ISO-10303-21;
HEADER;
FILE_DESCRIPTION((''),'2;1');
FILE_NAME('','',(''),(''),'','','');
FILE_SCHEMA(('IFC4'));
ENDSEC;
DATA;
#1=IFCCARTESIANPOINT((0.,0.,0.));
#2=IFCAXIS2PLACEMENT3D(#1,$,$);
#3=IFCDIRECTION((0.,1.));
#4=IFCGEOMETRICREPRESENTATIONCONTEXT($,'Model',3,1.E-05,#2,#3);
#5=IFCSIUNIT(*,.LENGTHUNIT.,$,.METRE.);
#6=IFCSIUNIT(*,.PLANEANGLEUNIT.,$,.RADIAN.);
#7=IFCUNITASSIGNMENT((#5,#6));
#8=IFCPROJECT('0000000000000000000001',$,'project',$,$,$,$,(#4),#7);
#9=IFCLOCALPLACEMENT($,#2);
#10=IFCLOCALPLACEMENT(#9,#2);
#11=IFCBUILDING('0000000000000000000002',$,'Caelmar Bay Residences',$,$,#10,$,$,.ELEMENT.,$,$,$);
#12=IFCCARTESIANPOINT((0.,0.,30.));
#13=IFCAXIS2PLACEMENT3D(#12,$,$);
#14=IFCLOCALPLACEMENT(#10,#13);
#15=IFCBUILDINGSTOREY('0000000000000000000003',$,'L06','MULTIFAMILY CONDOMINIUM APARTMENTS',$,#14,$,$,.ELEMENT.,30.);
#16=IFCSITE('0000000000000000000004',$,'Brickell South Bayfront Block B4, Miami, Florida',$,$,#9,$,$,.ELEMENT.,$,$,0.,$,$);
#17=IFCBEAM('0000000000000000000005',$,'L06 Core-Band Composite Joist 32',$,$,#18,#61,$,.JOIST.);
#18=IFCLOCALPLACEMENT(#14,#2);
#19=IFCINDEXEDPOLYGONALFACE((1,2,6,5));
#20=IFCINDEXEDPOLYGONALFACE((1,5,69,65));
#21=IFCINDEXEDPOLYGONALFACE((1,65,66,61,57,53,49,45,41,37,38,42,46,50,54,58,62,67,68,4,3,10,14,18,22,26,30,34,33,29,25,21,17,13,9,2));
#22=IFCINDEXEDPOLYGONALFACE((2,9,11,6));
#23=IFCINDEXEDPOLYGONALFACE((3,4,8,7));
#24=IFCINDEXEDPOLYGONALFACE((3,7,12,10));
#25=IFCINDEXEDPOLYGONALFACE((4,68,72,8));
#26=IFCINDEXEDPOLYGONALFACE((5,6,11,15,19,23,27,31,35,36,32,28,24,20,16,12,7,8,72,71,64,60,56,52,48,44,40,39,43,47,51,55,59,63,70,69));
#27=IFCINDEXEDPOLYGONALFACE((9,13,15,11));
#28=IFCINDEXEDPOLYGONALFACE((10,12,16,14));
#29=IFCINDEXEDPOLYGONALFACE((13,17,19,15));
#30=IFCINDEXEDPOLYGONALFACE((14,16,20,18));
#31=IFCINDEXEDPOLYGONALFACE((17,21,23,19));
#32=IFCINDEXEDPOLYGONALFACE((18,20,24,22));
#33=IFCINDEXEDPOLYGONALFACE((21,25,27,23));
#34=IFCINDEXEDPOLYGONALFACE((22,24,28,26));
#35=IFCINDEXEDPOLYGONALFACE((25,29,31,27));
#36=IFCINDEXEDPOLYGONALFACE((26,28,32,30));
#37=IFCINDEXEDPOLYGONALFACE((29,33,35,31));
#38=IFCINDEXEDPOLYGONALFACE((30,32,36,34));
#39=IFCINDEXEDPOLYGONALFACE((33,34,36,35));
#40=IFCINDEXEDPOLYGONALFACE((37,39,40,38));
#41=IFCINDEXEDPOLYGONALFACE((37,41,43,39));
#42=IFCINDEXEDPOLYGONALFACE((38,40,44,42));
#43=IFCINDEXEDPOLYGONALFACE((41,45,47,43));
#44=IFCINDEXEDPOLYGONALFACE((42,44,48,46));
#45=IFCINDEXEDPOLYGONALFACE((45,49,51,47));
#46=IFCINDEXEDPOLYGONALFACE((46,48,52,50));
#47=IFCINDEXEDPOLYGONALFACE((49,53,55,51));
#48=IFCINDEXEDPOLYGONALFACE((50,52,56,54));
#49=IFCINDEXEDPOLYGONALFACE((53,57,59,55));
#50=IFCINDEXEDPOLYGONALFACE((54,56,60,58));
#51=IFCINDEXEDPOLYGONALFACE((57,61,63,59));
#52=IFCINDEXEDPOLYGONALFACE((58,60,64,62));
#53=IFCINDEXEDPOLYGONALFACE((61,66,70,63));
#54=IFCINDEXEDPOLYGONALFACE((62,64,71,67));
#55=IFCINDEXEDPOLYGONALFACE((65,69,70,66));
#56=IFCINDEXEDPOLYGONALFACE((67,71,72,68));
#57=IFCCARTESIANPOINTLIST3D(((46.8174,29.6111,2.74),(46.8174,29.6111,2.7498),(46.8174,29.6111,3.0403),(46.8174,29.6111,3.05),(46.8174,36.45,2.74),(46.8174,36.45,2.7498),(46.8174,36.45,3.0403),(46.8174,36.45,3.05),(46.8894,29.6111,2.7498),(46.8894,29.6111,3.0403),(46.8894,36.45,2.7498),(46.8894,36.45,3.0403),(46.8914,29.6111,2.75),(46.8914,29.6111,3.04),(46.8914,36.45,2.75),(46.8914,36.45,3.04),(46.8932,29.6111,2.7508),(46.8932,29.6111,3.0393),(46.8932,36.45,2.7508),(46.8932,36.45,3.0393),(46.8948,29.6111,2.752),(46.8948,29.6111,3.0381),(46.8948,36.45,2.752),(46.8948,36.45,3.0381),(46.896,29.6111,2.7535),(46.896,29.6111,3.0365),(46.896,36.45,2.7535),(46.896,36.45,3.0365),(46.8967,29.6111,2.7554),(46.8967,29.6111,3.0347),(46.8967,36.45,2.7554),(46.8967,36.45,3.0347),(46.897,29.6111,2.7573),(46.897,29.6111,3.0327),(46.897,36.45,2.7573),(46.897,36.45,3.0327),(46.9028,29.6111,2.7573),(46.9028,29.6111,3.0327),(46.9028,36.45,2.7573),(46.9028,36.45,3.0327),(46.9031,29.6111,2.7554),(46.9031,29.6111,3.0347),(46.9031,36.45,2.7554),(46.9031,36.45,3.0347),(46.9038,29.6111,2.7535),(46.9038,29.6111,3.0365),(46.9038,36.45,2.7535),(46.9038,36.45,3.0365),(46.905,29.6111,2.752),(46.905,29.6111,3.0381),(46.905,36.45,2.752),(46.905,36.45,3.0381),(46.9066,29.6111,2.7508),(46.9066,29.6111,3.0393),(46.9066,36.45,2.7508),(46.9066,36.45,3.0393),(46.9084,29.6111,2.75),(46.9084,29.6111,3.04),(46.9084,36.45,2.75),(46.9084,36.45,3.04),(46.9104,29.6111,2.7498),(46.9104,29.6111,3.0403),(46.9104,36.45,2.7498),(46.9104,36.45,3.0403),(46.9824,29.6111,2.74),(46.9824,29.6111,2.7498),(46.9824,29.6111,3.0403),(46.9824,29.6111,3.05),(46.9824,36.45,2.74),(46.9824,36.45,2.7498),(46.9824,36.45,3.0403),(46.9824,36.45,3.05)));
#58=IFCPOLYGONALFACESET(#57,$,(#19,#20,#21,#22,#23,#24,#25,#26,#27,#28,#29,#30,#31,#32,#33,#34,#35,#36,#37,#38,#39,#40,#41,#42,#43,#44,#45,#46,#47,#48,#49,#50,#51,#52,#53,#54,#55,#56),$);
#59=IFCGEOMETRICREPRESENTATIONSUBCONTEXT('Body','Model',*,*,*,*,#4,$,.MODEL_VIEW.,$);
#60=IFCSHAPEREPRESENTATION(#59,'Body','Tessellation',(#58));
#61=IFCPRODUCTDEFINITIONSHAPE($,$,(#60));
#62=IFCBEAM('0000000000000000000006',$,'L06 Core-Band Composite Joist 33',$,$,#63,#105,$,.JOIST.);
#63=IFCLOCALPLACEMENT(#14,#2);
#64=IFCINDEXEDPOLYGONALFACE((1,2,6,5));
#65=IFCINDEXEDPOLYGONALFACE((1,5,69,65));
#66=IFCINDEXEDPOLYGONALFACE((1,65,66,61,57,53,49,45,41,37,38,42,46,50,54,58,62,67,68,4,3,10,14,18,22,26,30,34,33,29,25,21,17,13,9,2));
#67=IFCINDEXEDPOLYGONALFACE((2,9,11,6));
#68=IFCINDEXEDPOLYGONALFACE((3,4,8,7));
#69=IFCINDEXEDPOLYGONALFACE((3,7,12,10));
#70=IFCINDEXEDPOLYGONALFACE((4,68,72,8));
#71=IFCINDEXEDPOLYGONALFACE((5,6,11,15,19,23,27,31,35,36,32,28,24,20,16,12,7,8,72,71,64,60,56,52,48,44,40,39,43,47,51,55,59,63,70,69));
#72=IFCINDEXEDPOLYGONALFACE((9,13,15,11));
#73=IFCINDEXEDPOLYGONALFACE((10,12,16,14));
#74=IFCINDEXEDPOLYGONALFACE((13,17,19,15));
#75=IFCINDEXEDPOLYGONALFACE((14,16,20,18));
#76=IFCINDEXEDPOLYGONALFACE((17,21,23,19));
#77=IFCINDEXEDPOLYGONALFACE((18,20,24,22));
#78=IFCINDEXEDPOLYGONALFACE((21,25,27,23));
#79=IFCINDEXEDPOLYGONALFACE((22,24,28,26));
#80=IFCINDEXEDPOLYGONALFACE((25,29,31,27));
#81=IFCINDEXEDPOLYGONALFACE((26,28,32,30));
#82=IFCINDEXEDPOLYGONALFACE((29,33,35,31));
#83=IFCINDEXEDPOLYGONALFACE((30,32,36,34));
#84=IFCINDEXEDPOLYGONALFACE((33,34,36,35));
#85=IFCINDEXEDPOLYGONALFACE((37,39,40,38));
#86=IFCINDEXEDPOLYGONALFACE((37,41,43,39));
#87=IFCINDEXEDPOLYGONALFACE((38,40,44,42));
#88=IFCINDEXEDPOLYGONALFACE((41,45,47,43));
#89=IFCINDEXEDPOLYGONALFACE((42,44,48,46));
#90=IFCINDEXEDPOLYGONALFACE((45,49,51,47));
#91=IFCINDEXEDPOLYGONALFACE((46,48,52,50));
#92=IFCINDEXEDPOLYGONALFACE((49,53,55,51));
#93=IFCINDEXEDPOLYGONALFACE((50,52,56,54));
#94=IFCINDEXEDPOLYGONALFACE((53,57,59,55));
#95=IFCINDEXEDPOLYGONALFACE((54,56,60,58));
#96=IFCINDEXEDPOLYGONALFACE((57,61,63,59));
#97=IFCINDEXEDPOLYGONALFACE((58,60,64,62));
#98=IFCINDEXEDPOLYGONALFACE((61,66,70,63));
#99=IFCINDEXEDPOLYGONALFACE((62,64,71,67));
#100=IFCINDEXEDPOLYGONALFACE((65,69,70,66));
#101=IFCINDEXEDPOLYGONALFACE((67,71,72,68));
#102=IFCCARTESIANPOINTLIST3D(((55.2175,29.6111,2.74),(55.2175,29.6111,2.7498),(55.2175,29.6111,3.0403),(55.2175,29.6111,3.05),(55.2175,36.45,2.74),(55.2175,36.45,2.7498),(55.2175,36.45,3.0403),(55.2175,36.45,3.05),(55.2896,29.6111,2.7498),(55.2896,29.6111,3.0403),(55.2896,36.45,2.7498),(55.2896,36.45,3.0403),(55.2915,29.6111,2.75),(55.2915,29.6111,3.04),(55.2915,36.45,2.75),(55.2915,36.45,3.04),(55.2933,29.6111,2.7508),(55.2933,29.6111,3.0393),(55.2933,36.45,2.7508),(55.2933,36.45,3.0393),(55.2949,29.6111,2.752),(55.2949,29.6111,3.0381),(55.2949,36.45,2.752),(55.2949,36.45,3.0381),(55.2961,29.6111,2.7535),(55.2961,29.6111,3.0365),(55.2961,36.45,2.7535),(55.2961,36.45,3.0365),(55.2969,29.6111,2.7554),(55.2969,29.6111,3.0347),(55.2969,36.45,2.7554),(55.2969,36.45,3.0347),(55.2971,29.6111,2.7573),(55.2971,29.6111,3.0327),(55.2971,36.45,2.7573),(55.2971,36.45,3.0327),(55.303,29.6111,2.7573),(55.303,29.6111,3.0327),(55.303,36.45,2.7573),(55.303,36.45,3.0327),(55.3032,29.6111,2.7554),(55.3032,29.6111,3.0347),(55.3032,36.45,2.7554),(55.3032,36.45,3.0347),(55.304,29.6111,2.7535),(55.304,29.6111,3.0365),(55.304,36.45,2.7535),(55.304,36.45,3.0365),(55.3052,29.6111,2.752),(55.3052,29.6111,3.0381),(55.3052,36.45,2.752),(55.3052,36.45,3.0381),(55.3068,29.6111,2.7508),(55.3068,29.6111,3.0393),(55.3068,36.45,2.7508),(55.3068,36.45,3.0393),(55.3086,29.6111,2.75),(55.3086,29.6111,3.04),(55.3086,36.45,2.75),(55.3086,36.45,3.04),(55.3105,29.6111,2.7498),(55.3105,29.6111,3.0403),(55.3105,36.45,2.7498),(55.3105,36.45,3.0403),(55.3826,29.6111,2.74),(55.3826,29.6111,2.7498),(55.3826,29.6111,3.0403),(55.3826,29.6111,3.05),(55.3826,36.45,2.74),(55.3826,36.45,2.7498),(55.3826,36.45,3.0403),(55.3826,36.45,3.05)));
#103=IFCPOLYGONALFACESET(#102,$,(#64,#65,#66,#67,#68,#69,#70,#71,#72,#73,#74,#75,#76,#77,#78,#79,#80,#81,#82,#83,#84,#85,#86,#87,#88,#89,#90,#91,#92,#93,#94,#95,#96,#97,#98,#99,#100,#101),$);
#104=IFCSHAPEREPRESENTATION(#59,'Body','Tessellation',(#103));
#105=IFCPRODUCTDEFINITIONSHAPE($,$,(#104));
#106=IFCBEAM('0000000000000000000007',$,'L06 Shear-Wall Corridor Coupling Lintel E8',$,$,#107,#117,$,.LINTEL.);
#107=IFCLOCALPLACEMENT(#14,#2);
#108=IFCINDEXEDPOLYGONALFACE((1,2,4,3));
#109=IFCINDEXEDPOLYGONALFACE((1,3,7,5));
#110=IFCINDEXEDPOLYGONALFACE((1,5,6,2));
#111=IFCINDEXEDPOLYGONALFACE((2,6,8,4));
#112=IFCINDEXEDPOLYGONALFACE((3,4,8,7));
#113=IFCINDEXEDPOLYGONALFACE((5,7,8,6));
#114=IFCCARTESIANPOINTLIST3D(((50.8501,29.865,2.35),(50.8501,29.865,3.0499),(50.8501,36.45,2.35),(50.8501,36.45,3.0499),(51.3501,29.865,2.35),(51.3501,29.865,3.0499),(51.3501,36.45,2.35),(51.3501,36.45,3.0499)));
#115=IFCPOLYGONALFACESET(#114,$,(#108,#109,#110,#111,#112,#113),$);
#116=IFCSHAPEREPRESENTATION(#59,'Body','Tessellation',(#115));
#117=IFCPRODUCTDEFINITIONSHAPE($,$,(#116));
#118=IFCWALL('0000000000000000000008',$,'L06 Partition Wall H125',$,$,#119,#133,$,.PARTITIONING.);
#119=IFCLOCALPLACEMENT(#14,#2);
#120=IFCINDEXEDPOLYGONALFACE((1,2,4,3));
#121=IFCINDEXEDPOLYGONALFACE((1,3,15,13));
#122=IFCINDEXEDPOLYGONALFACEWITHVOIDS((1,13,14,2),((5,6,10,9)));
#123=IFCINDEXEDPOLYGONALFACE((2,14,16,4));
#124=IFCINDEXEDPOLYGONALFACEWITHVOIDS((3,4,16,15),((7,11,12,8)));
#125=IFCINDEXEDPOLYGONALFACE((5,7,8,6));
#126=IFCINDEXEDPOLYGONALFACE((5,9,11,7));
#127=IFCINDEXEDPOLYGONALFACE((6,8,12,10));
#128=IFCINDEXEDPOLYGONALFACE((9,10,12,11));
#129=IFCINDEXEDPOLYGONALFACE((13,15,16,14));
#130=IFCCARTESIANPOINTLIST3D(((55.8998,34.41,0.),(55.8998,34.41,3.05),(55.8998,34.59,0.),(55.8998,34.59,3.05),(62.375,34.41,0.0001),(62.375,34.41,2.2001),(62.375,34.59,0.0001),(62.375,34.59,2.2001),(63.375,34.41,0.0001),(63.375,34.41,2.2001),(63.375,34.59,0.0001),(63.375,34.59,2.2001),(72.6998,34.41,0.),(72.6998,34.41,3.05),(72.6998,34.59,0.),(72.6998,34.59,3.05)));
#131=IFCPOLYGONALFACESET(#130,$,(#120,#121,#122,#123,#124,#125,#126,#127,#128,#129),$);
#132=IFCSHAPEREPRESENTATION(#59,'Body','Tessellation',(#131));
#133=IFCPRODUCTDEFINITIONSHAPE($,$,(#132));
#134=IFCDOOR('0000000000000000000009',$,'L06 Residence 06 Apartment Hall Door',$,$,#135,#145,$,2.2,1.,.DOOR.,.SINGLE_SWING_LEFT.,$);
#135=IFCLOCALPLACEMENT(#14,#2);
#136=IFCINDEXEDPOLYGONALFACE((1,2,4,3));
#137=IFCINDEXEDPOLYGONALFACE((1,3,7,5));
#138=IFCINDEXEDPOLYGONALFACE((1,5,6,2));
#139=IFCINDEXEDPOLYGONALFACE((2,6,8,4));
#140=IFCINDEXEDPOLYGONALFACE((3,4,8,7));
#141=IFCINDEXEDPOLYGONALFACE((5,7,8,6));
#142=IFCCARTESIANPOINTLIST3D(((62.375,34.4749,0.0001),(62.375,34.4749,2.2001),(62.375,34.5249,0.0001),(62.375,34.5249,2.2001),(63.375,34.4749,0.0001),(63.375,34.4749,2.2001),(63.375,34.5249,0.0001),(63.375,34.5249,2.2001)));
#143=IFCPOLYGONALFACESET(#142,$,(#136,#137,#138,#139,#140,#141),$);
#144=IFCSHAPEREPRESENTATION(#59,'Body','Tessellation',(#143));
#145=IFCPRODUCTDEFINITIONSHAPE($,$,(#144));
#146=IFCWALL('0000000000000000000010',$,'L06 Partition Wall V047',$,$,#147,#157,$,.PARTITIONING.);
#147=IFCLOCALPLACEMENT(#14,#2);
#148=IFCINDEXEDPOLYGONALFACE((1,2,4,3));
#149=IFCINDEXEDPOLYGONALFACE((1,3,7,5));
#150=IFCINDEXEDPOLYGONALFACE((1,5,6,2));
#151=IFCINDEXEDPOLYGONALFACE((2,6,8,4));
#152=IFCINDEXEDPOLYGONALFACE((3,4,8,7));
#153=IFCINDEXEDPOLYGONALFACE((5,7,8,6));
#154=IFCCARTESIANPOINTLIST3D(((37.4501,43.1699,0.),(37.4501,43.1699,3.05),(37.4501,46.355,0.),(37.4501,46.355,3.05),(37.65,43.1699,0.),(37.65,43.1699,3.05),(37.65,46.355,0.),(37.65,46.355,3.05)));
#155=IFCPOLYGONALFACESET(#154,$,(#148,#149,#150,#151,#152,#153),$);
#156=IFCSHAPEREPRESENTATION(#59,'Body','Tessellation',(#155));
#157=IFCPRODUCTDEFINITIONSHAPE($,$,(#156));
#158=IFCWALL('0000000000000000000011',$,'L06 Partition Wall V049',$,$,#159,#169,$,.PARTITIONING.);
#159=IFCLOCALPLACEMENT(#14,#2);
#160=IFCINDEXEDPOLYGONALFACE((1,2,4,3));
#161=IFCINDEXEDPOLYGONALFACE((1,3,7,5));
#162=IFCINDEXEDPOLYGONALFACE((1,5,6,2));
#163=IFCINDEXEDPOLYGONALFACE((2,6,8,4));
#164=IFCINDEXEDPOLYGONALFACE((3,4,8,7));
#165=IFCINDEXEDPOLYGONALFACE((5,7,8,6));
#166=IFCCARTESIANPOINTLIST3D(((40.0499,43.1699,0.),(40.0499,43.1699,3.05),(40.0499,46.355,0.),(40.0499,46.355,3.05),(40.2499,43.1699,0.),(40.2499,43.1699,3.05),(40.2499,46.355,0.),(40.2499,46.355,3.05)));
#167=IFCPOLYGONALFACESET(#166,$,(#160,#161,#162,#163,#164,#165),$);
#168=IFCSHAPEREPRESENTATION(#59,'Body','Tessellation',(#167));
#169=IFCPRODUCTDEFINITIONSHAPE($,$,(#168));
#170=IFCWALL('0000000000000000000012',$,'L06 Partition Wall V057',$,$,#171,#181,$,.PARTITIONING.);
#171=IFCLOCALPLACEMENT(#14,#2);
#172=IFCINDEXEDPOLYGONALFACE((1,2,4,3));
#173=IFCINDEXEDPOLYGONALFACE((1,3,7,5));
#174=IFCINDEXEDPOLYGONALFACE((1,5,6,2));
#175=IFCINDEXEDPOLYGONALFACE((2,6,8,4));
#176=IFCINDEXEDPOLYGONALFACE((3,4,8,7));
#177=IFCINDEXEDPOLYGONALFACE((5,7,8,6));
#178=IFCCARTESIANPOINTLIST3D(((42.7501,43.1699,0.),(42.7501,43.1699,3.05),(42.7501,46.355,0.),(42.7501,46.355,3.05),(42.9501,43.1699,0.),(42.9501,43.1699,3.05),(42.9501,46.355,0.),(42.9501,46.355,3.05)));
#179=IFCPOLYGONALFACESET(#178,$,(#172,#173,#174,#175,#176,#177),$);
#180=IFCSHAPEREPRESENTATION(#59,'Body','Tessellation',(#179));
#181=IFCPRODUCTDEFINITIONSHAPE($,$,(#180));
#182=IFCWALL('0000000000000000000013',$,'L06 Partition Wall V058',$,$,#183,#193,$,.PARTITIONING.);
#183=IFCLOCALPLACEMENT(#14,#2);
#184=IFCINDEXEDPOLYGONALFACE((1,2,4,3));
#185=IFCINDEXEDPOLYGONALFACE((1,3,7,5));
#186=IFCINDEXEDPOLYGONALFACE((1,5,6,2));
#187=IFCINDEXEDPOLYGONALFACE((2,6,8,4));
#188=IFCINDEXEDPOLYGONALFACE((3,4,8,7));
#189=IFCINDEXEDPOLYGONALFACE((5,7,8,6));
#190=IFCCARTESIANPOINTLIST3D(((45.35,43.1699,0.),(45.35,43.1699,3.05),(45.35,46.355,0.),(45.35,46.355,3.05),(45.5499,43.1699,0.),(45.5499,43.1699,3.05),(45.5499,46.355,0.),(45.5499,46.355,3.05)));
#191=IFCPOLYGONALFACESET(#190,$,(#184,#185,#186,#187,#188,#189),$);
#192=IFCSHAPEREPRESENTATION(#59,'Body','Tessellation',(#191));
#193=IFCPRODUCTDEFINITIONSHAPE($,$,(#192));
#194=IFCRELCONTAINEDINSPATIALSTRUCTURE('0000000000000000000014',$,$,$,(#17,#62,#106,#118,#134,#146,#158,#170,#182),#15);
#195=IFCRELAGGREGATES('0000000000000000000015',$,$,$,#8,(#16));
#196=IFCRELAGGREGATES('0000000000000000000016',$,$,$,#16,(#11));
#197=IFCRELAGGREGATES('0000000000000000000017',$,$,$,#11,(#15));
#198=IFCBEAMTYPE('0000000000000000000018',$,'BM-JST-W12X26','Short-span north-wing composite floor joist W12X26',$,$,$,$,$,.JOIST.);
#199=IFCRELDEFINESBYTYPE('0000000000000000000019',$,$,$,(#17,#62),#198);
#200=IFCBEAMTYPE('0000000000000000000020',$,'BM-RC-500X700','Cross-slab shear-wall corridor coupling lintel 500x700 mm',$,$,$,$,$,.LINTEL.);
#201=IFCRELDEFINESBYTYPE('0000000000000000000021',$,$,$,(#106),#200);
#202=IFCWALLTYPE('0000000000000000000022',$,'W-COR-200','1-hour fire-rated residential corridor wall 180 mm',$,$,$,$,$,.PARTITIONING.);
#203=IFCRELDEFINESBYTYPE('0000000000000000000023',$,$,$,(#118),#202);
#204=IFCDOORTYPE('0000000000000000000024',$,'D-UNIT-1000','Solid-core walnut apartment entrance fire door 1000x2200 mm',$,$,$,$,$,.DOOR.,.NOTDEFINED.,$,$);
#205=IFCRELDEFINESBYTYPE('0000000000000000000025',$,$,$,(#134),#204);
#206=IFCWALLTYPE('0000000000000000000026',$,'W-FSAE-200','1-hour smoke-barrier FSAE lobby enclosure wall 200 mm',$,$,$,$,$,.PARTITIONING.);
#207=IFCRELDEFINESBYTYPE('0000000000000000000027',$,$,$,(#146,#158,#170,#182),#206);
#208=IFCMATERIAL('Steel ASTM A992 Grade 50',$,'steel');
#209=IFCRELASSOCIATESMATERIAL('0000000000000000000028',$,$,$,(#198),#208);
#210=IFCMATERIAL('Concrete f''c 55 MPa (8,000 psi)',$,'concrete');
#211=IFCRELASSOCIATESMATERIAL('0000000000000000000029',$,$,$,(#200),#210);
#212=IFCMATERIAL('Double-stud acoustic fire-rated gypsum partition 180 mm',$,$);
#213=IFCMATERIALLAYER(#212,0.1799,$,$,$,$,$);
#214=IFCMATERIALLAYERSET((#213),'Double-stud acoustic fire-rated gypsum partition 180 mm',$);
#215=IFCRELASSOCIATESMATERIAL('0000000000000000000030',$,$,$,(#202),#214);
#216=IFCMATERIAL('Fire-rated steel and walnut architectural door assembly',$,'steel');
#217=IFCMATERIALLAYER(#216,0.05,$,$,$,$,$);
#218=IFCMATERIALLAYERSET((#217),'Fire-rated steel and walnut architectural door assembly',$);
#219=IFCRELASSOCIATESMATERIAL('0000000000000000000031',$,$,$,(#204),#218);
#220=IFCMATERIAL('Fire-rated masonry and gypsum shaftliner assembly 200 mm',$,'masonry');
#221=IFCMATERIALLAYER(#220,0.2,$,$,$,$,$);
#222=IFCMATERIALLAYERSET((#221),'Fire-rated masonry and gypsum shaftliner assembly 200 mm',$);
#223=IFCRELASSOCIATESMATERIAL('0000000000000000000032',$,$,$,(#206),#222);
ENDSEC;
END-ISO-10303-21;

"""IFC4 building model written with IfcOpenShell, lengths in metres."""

from ifc_helpers import new_model, si_unit, direction, frame, frame_2d, origin, origin_2d, place, context, subcontext, project, spatial, rectangle, i_section, extrude, material, layer, layer_set, material_profile, profile_set, type_object, element, fill, save


model = new_model("IFC4")

# Units and contexts
model_context = context("Model", 3, precision=1e-05, world=origin(), true_north=direction((0.0, 1.0)))
body_context = subcontext(model_context, "Body", "Model", "MODEL_VIEW")
ifc_project = project(units=[si_unit("LENGTHUNIT", "METRE"), si_unit("PLANEANGLEUNIT", "RADIAN")], contexts=[model_context])

# Site, building, storey
site_placement = place(None, origin())
site = spatial("IfcSite", under=ifc_project, at=site_placement, Name="Brickell South Bayfront Block B4, Miami, Florida", CompositionType="ELEMENT", RefElevation=0.0)
building_placement = place(site_placement, origin())
building = spatial("IfcBuilding", under=site, at=building_placement, Name="Caelmar Bay Residences", CompositionType="ELEMENT")
storey_placement = place(building_placement, frame((0.0, 0.0, 30.0)))
storey = spatial("IfcBuildingStorey", under=building, at=storey_placement, Name="L06", Description="MULTIFAMILY CONDOMINIUM APARTMENTS", CompositionType="ELEMENT", Elevation=30.0)

# Beams
ifc_material_1 = material(Name="Steel ASTM A992 Grade 50", Category="steel")
ifc_material_profile_1 = material_profile(ifc_material_1, i_section(OverallWidth=0.165, OverallDepth=0.3101, WebThickness=0.0059, FlangeThickness=0.0098, FilletRadius=0.0076, at=origin_2d()), Name="W12X26")
ifc_profile_set_1 = profile_set([ifc_material_profile_1], Name="Steel ASTM A992 Grade 50")
beam_type_1 = type_object("IfcBeamType", Name="BM-JST-W12X26", Description="Short-span north-wing composite floor joist W12X26", PredefinedType="JOIST", material=ifc_profile_set_1)
for number, where, z_axis, x_axis, name in (
    (1, (46.8999, 29.6111, 2.895), (0.0, 1.0, 0.0), (-1.0, 0.0, 0.0), "L06 Core-Band Composite Joist 32"),
    (2, (55.3, 29.6111, 2.895), (0.0, 1.0, 0.0), (-1.0, 0.0, 0.0), "L06 Core-Band Composite Joist 33"),
):
    element("IfcBeam", number, at=place(storey_placement, frame(where, z_axis=z_axis, x_axis=x_axis)), inside=storey, type_object=beam_type_1, Name=name, PredefinedType="JOIST", context=body_context, shape_type="SweptSolid", body=[
        extrude(i_section(OverallWidth=0.165, OverallDepth=0.3101, WebThickness=0.0059, FlangeThickness=0.0098, FilletRadius=0.0076, at=origin_2d()), origin(), (0.0, 0.0, 1.0), 6.8389),
    ])
ifc_material_2 = material(Name="Concrete f'c 55 MPa (8,000 psi)", Category="concrete")
ifc_material_profile_2 = material_profile(ifc_material_2, rectangle(XDim=0.5, YDim=0.7, at=origin_2d()), Name="RC-BM-500X700")
ifc_profile_set_2 = profile_set([ifc_material_profile_2], Name="Concrete f'c 55 MPa (8,000 psi)")
beam_type_2 = type_object("IfcBeamType", Name="BM-RC-500X700", Description="Cross-slab shear-wall corridor coupling lintel 500x700 mm", PredefinedType="LINTEL", material=ifc_profile_set_2)
beam_1_placement = place(storey_placement, frame((51.1001, 29.865, 2.7), z_axis=(0.0, 1.0, 0.0), x_axis=(-1.0, 0.0, 0.0)))
element("IfcBeam", 3, at=beam_1_placement, inside=storey, type_object=beam_type_2, Name="L06 Shear-Wall Corridor Coupling Lintel E8", PredefinedType="LINTEL", context=body_context, shape_type="SweptSolid", body=[
    extrude(rectangle(XDim=0.5, YDim=0.7, at=origin_2d()), origin(), (0.0, 0.0, 1.0), 6.585),
])

# Wall, opening, door
ifc_material_3 = material(Name="Fire-rated steel and walnut architectural door assembly", Category="steel")
ifc_material_4 = material(Name="Double-stud acoustic fire-rated gypsum partition 180 mm")
ifc_layer_1 = layer(ifc_material_4, 0.1799)
ifc_layer_set_1 = layer_set([ifc_layer_1], Name="Double-stud acoustic fire-rated gypsum partition 180 mm")
wall_type_1 = type_object("IfcWallType", Name="W-COR-200", Description="1-hour fire-rated residential corridor wall 180 mm", PredefinedType="PARTITIONING", material=ifc_layer_set_1)
wall_1_placement = place(storey_placement, frame((55.8999, 34.5, 0.0), z_axis=(0.0, 0.0, 1.0), x_axis=(1.0, 0.0, 0.0)))
wall_1 = element("IfcWall", 4, at=wall_1_placement, inside=storey, type_object=wall_type_1, Name="L06 Partition Wall H125", PredefinedType="PARTITIONING", context=body_context, shape_type="SweptSolid", body=[
    extrude(rectangle(XDim=16.8, YDim=0.1799, at=frame_2d((8.3999, 0.0))), origin(), (0.0, 0.0, 1.0), 3.05),
])
opening_1_placement = place(wall_1_placement, frame((6.4751, 0.0, 0.0)))
opening_1 = element("IfcOpeningElement", 5, at=opening_1_placement, cuts=wall_1, PredefinedType="OPENING", context=body_context, shape_type="SweptSolid", body=[
    extrude(rectangle(XDim=1.0, YDim=2.2, at=frame_2d((0.5, 1.1001))), frame((0.0, 0.0999, 0.0), z_axis=(0.0, -1.0, 0.0), x_axis=(1.0, 0.0, 0.0)), (0.0, 0.0, 1.0), 0.2),
])
ifc_layer_2 = layer(ifc_material_3, 0.05)
ifc_layer_set_2 = layer_set([ifc_layer_2], Name="Fire-rated steel and walnut architectural door assembly")
door_type_1 = type_object("IfcDoorType", Name="D-UNIT-1000", Description="Solid-core walnut apartment entrance fire door 1000x2200 mm", OperationType="NOTDEFINED", PredefinedType="DOOR", material=ifc_layer_set_2)
door_1_placement = place(opening_1_placement, origin())
door_1 = element("IfcDoor", 6, at=door_1_placement, inside=storey, type_object=door_type_1, Name="L06 Residence 06 Apartment Hall Door", OperationType="SINGLE_SWING_LEFT", OverallHeight=2.2, OverallWidth=1.0, PredefinedType="DOOR", context=body_context, shape_type="SweptSolid", body=[
    extrude(rectangle(XDim=1.0, YDim=2.2, at=frame_2d((0.5, 1.1001))), frame((0.0, 0.0249, 0.0), z_axis=(0.0, -1.0, 0.0), x_axis=(1.0, 0.0, 0.0)), (0.0, 0.0, 1.0), 0.05),
])
fill(opening_1, door_1)

# Walls
ifc_material_5 = material(Name="Fire-rated masonry and gypsum shaftliner assembly 200 mm", Category="masonry")
ifc_layer_3 = layer(ifc_material_5, 0.2)
ifc_layer_set_3 = layer_set([ifc_layer_3], Name="Fire-rated masonry and gypsum shaftliner assembly 200 mm")
wall_type_2 = type_object("IfcWallType", Name="W-FSAE-200", Description="1-hour smoke-barrier FSAE lobby enclosure wall 200 mm", PredefinedType="PARTITIONING", material=ifc_layer_set_3)
for number, where, z_axis, x_axis, name in (
    (7, (37.55, 43.1699, 0.0), (0.0, 0.0, 1.0), (0.0, 1.0, 0.0), "L06 Partition Wall V047"),
    (8, (40.1499, 43.1699, 0.0), (0.0, 0.0, 1.0), (0.0, 1.0, 0.0), "L06 Partition Wall V049"),
    (9, (42.8501, 43.1699, 0.0), (0.0, 0.0, 1.0), (0.0, 1.0, 0.0), "L06 Partition Wall V057"),
    (10, (45.45, 43.1699, 0.0), (0.0, 0.0, 1.0), (0.0, 1.0, 0.0), "L06 Partition Wall V058"),
):
    element("IfcWall", number, at=place(storey_placement, frame(where, z_axis=z_axis, x_axis=x_axis)), inside=storey, type_object=wall_type_2, Name=name, PredefinedType="PARTITIONING", context=body_context, shape_type="SweptSolid", body=[
        extrude(rectangle(XDim=3.1851, YDim=0.2, at=frame_2d((1.5925, 0.0))), origin(), (0.0, 0.0, 1.0), 3.05),
    ])

save(model, "model.ifc")
